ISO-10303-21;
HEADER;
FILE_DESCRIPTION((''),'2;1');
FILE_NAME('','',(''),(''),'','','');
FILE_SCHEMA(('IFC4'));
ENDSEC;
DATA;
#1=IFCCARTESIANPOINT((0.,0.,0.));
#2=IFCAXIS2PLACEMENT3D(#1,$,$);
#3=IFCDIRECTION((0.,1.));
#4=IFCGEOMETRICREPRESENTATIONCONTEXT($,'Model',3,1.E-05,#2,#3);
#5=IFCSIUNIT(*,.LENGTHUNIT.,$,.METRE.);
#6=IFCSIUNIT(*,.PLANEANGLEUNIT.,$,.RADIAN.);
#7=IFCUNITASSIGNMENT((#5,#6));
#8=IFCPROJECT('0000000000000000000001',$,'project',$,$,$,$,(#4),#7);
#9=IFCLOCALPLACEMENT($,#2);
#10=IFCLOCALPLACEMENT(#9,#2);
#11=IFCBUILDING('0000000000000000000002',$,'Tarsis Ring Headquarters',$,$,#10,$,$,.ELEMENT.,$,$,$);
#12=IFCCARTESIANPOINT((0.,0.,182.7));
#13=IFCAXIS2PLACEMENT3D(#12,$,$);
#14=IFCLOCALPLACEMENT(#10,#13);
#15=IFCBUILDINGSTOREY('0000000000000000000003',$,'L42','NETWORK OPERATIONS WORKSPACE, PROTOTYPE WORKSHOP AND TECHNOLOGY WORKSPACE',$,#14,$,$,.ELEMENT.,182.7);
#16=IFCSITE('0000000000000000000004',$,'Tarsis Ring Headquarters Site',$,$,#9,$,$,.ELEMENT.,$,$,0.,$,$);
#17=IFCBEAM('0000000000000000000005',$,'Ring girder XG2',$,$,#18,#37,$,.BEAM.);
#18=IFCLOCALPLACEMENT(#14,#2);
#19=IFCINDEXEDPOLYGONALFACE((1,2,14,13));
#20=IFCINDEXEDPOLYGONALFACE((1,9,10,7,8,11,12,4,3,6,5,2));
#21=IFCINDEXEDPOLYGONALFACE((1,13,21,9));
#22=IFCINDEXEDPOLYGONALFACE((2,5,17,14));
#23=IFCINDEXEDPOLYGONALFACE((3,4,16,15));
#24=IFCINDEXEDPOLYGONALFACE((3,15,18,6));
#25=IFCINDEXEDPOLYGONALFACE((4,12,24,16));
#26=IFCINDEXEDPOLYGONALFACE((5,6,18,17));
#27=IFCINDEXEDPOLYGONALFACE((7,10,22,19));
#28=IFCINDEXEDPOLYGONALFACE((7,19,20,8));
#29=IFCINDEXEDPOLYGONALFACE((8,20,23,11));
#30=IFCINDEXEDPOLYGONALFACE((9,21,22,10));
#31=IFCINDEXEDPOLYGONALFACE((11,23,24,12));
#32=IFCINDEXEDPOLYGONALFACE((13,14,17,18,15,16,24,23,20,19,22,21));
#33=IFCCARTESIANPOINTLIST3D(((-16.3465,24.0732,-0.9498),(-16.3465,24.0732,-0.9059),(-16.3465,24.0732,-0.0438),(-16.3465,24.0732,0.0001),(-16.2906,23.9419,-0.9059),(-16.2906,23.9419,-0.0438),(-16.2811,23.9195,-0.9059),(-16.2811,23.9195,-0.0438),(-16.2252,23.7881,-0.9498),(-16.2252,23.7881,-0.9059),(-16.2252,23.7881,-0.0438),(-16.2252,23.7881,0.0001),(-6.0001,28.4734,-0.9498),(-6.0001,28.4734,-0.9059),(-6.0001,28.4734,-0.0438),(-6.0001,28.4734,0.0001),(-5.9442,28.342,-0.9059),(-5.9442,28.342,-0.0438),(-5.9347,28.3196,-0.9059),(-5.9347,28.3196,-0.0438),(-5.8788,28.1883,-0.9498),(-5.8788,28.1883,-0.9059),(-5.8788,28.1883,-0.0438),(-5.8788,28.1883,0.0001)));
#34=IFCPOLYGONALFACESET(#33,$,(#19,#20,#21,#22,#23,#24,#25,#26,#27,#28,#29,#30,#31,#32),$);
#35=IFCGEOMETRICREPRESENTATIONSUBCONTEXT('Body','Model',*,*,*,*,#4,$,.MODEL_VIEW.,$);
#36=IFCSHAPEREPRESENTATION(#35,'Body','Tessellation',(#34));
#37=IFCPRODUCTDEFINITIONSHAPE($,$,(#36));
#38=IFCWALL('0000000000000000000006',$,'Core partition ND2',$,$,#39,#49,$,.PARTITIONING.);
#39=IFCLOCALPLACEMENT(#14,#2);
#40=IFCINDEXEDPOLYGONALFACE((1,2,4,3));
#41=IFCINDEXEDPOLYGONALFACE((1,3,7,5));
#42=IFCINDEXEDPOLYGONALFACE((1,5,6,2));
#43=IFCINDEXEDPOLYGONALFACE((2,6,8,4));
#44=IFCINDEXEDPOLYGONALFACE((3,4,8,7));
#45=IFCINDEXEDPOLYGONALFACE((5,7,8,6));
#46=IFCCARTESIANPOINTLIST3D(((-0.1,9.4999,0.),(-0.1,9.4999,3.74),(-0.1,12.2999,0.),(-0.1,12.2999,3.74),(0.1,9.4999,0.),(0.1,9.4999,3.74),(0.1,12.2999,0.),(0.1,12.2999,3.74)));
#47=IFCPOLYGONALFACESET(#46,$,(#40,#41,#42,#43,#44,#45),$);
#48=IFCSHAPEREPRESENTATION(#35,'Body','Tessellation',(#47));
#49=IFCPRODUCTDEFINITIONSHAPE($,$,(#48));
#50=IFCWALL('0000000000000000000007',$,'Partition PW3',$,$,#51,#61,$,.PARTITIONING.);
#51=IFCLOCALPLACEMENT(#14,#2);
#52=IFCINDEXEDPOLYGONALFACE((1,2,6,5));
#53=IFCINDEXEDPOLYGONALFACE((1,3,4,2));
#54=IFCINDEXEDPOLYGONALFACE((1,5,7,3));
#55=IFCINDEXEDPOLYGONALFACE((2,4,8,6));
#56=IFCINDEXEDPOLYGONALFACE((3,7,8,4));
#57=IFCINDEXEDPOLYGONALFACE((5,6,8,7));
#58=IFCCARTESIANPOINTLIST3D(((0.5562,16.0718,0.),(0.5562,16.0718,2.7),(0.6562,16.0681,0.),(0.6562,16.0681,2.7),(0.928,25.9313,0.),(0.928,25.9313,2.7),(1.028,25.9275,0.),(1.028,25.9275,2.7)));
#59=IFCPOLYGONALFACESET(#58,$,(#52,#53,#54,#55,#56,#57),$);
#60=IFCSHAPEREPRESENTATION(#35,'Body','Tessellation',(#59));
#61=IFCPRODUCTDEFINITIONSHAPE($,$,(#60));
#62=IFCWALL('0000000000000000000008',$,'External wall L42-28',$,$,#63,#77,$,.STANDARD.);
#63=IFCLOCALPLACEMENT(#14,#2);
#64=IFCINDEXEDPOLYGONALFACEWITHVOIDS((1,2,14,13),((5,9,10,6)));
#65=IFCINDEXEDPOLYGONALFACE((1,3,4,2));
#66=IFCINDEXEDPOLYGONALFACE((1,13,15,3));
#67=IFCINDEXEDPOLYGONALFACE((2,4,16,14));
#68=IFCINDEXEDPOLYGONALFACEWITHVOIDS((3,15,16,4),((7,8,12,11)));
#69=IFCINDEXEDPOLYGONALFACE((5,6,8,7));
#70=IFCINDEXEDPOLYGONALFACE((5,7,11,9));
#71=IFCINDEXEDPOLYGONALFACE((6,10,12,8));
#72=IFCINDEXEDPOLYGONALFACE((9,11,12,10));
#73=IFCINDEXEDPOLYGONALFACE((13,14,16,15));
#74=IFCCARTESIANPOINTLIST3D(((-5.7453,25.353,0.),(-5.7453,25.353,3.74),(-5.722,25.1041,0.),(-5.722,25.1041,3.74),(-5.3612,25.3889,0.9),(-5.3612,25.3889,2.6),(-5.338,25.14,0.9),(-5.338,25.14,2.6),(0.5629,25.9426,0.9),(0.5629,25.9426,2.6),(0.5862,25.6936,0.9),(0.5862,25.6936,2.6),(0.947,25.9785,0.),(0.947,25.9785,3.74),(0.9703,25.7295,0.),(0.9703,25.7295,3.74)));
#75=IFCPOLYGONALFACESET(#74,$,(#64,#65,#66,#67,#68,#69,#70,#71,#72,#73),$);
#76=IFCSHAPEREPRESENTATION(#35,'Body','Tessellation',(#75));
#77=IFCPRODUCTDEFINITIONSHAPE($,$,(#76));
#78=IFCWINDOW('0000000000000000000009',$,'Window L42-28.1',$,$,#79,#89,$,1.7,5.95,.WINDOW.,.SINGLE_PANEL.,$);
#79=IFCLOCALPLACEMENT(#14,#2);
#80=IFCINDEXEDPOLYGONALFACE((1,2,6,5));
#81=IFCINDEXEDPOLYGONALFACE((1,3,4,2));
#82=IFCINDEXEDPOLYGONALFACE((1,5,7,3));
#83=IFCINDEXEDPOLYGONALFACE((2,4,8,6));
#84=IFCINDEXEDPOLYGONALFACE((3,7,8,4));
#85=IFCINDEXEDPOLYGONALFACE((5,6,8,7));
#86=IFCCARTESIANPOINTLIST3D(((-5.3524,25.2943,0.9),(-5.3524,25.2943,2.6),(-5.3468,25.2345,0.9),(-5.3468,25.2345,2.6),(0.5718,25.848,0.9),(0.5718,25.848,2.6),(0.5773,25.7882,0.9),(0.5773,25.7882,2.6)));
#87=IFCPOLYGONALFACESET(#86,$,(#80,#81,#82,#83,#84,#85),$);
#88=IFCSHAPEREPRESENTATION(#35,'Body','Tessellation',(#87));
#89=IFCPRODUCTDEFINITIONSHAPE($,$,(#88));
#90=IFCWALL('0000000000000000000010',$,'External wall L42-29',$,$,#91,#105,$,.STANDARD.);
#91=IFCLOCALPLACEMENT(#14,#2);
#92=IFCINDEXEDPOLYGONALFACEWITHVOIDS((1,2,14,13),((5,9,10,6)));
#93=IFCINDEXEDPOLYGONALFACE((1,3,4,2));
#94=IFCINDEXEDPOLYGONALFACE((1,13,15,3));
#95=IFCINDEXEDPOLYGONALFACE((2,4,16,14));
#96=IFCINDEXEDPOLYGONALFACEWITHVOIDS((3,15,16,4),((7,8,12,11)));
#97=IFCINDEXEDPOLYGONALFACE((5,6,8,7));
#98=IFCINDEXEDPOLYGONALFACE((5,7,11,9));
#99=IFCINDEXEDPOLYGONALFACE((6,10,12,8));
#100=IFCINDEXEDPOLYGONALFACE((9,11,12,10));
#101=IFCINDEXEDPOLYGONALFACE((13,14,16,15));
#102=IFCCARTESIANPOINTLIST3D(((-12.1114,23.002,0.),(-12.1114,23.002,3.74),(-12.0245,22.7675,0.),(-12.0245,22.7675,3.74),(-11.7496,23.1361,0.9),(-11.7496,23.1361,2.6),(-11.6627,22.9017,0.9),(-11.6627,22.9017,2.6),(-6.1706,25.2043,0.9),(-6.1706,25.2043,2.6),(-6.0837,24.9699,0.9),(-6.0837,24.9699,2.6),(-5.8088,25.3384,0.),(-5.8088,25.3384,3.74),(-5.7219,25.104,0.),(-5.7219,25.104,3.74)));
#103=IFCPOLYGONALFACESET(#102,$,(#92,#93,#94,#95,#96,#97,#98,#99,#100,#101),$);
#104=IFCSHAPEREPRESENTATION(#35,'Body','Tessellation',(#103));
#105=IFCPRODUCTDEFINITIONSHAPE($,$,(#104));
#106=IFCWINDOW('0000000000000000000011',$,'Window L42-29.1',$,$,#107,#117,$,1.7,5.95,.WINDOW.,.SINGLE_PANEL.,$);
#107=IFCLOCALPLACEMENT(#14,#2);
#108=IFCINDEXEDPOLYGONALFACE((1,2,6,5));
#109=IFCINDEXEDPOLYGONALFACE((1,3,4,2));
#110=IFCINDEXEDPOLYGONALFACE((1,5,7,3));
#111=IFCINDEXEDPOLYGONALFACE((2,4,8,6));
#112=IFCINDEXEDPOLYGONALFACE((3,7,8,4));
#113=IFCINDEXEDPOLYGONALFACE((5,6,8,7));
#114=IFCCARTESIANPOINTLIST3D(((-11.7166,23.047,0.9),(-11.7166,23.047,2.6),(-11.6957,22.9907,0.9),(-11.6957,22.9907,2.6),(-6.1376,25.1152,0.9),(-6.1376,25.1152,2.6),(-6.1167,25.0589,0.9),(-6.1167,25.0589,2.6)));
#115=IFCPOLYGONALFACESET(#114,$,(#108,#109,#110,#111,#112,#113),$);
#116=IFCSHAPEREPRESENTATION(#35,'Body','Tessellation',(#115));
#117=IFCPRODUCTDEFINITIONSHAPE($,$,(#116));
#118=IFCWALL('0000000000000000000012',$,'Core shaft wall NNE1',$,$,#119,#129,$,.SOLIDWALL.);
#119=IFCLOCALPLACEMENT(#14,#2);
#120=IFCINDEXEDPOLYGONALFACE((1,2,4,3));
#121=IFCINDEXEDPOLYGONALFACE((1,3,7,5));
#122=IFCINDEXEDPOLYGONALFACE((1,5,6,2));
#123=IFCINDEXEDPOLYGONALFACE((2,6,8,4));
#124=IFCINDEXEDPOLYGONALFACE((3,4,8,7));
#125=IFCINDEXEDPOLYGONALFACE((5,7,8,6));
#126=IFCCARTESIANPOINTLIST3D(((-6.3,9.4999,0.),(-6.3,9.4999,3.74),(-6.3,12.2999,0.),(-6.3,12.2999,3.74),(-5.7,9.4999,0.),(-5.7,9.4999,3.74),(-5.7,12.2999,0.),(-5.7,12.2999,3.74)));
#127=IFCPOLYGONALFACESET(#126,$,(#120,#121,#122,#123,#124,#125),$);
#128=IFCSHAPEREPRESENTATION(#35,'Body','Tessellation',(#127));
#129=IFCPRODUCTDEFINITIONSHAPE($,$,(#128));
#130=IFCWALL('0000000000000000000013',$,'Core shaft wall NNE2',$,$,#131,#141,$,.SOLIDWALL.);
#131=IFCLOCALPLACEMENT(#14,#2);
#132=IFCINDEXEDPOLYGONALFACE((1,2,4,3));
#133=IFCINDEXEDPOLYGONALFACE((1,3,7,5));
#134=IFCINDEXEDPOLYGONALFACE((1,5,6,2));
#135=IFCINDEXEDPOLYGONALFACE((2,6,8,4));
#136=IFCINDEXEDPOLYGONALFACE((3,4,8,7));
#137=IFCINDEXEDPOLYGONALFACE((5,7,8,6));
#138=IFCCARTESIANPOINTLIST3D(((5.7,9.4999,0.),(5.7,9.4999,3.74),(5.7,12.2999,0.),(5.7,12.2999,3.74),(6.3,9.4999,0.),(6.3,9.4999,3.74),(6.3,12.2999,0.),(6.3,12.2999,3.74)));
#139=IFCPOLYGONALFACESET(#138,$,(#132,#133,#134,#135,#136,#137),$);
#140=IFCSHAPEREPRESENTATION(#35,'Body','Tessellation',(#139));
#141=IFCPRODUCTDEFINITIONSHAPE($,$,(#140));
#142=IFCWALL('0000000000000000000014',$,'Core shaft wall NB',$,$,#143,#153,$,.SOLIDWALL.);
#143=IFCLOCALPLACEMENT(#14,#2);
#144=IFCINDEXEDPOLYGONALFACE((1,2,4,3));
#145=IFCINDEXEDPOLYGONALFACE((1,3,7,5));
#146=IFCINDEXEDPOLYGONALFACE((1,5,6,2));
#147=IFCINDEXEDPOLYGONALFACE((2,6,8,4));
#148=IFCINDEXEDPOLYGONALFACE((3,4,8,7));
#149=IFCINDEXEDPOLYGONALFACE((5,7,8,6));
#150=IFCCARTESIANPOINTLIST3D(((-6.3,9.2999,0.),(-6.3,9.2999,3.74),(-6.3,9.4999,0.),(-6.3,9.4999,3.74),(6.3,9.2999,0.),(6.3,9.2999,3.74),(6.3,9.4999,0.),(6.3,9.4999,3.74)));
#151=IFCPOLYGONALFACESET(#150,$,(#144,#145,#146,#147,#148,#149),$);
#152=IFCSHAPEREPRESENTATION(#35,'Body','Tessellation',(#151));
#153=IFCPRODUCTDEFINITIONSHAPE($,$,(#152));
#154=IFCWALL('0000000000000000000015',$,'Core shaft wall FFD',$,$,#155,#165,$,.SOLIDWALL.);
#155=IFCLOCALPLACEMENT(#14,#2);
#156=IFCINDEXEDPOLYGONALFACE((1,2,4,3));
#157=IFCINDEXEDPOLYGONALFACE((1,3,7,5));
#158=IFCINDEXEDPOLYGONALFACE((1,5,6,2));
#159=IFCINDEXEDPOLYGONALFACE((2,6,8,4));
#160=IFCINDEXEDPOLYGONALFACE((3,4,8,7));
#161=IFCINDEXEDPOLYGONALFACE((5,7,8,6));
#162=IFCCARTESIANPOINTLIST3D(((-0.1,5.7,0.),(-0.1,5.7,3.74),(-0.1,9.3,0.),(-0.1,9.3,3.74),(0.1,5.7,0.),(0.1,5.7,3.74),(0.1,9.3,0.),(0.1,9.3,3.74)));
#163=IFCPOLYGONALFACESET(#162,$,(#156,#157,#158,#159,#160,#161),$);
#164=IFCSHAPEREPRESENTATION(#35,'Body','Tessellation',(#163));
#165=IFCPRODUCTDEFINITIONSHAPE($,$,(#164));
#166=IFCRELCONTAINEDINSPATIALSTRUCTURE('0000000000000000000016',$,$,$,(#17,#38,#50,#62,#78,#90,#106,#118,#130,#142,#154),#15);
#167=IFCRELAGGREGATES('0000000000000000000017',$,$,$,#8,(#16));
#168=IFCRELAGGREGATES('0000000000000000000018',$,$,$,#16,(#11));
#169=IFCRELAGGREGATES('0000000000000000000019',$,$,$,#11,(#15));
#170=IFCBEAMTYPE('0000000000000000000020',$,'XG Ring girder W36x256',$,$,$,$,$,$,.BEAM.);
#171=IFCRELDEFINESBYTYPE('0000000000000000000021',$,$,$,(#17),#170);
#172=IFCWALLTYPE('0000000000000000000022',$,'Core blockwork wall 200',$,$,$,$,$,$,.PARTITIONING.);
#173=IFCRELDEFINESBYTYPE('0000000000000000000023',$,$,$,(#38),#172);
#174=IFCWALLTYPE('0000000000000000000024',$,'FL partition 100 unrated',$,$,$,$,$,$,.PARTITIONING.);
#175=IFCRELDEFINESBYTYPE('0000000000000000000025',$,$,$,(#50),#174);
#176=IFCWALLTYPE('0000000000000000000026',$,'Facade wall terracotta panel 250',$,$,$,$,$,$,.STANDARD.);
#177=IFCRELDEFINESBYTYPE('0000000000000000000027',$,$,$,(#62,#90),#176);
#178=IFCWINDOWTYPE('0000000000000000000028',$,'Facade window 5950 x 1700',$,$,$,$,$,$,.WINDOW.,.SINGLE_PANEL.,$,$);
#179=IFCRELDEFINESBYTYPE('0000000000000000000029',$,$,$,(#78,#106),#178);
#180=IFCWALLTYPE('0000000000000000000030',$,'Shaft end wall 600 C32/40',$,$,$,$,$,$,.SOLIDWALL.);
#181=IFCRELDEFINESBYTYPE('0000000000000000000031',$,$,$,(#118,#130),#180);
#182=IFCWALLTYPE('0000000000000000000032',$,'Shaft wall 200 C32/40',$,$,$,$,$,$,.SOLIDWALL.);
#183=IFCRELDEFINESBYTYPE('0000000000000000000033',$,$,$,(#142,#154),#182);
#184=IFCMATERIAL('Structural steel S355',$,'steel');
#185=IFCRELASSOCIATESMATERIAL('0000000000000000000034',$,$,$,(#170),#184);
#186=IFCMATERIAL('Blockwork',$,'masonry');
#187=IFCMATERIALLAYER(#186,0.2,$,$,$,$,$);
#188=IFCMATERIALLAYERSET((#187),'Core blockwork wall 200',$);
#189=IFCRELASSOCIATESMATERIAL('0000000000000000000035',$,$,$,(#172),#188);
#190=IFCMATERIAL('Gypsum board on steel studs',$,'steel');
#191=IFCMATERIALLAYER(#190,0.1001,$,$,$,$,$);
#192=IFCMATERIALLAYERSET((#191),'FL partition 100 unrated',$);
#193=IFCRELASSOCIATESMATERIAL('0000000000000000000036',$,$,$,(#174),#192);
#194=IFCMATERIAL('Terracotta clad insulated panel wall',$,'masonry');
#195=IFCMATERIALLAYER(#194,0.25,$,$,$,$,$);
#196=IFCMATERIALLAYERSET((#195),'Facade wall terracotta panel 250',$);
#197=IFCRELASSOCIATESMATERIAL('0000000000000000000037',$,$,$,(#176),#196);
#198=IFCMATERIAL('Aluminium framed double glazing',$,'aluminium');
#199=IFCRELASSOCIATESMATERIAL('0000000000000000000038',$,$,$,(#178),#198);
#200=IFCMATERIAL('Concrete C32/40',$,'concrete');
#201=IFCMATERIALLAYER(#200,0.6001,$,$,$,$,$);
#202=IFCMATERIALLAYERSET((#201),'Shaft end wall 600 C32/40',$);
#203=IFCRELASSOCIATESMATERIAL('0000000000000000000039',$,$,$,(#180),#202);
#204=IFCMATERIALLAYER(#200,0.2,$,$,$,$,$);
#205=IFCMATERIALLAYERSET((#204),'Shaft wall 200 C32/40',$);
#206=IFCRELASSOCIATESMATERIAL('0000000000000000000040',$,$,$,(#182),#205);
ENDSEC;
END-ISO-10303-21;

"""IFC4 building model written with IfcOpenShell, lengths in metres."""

from ifc_helpers import new_model, si_unit, direction, frame, frame_2d, origin, origin_2d, place, context, subcontext, project, spatial, rectangle, i_section, extrude, material, layer, layer_set, material_profile, profile_set, type_object, element, fill, save


model = new_model("IFC4")

# Units and contexts
model_context = context("Model", 3, precision=1e-05, world=origin(), true_north=direction((0.0, 1.0)))
body_context = subcontext(model_context, "Body", "Model", "MODEL_VIEW")
ifc_project = project(units=[si_unit("LENGTHUNIT", "METRE"), si_unit("PLANEANGLEUNIT", "RADIAN")], contexts=[model_context])

# Site, building, storey
site_placement = place(None, origin())
site = spatial("IfcSite", under=ifc_project, at=site_placement, Name="Tarsis Ring Headquarters Site", CompositionType="ELEMENT", RefElevation=0.0)
building_placement = place(site_placement, origin())
building = spatial("IfcBuilding", under=site, at=building_placement, Name="Tarsis Ring Headquarters", CompositionType="ELEMENT")
storey_placement = place(building_placement, frame((0.0, 0.0, 182.7)))
storey = spatial("IfcBuildingStorey", under=building, at=storey_placement, Name="L42", Description="NETWORK OPERATIONS WORKSPACE, PROTOTYPE WORKSHOP AND TECHNOLOGY WORKSPACE", CompositionType="ELEMENT", Elevation=182.7)

# Shared definitions
ifc_material_1 = material(Name="Structural steel S355", Category="steel")

# Beam
ifc_material_profile_1 = material_profile(ifc_material_1, i_section(OverallWidth=0.3098, OverallDepth=0.95, WebThickness=0.0244, FlangeThickness=0.0439, at=origin_2d()), Name="W36x256")
ifc_profile_set_1 = profile_set([ifc_material_profile_1], Name="Structural steel S355")
beam_type_1 = type_object("IfcBeamType", Name="XG Ring girder W36x256", PredefinedType="BEAM", material=ifc_profile_set_1)
beam_1_placement = place(storey_placement, frame((-5.9395, 28.3308, -0.4749), z_axis=(-0.920238, -0.39136, 0.0), x_axis=(0.39136, -0.920238, 0.0)))
element("IfcBeam", 1, at=beam_1_placement, inside=storey, type_object=beam_type_1, Name="Ring girder XG2", PredefinedType="BEAM", context=body_context, shape_type="SweptSolid", body=[
    extrude(i_section(OverallWidth=0.3098, OverallDepth=0.95, WebThickness=0.0244, FlangeThickness=0.0439, at=origin_2d()), origin(), (0.0, 0.0, 1.0), 11.2432),
])

# Walls
ifc_material_2 = material(Name="Blockwork", Category="masonry")
ifc_layer_1 = layer(ifc_material_2, 0.2)
ifc_layer_set_1 = layer_set([ifc_layer_1], Name="Core blockwork wall 200")
wall_type_1 = type_object("IfcWallType", Name="Core blockwork wall 200", PredefinedType="PARTITIONING", material=ifc_layer_set_1)
wall_1_placement = place(storey_placement, frame((0.0, 9.5, 0.0), z_axis=(0.0, 0.0, 1.0), x_axis=(0.0, 1.0, 0.0)))
element("IfcWall", 2, at=wall_1_placement, inside=storey, type_object=wall_type_1, Name="Core partition ND2", PredefinedType="PARTITIONING", context=body_context, shape_type="SweptSolid", body=[
    extrude(rectangle(XDim=2.8, YDim=0.2, at=frame_2d((1.3999, 0.0))), origin(), (0.0, 0.0, 1.0), 3.74),
])
ifc_material_3 = material(Name="Gypsum board on steel studs", Category="steel")
ifc_layer_2 = layer(ifc_material_3, 0.1001)
ifc_layer_set_2 = layer_set([ifc_layer_2], Name="FL partition 100 unrated")
wall_type_2 = type_object("IfcWallType", Name="FL partition 100 unrated", PredefinedType="PARTITIONING", material=ifc_layer_set_2)
wall_2_placement = place(storey_placement, frame((0.6062, 16.0701, 0.0), z_axis=(0.0, 0.0, 1.0), x_axis=(0.037686, 0.99929, 0.0)))
element("IfcWall", 3, at=wall_2_placement, inside=storey, type_object=wall_type_2, Name="Partition PW3", PredefinedType="PARTITIONING", context=body_context, shape_type="SweptSolid", body=[
    extrude(rectangle(XDim=9.8665, YDim=0.1001, at=frame_2d((4.9331, 0.0))), origin(), (0.0, 0.0, 1.0), 2.7),
])

# Walls, openings, windows
ifc_material_4 = material(Name="Terracotta clad insulated panel wall", Category="masonry")
ifc_layer_3 = layer(ifc_material_4, 0.25)
ifc_layer_set_3 = layer_set([ifc_layer_3], Name="Facade wall terracotta panel 250")
wall_type_3 = type_object("IfcWallType", Name="Facade wall terracotta panel 250", PredefinedType="STANDARD", material=ifc_layer_set_3)
wall_3_placement = place(storey_placement, frame((0.9587, 25.854, 0.0), z_axis=(0.0, 0.0, 1.0), x_axis=(-0.995661, -0.093057, 0.0)))
wall_3 = element("IfcWall", 4, at=wall_3_placement, inside=storey, type_object=wall_type_3, Name="External wall L42-28", PredefinedType="STANDARD", context=body_context, shape_type="SweptSolid", body=[
    extrude(rectangle(XDim=6.7214, YDim=0.25, at=frame_2d((3.3608, 0.0))), origin(), (0.0, 0.0, 1.0), 3.74),
])
opening_1_placement = place(wall_3_placement, frame((0.3857, 0.0, 0.8999)))
opening_1 = element("IfcOpeningElement", 5, at=opening_1_placement, cuts=wall_3, PredefinedType="OPENING", context=body_context, shape_type="SweptSolid", body=[
    extrude(rectangle(XDim=5.95, YDim=1.7, at=frame_2d((2.9751, 0.8501))), frame((0.0, 0.135, 0.0), z_axis=(0.0, -1.0, 0.0), x_axis=(1.0, 0.0, 0.0)), (0.0, 0.0, 1.0), 0.27),
])
ifc_material_5 = material(Name="Aluminium framed double glazing", Category="aluminium")
window_type = type_object("IfcWindowType", Name="Facade window 5950 x 1700", PartitioningType="SINGLE_PANEL", PredefinedType="WINDOW", material=ifc_material_5)
window_1_placement = place(opening_1_placement, origin())
window_1 = element("IfcWindow", 6, at=window_1_placement, inside=storey, type_object=window_type, Name="Window L42-28.1", OverallHeight=1.7, OverallWidth=5.95, PartitioningType="SINGLE_PANEL", PredefinedType="WINDOW", context=body_context, shape_type="SweptSolid", body=[
    extrude(rectangle(XDim=5.95, YDim=1.7, at=frame_2d((2.9751, 0.8501))), frame((0.0, 0.03, 0.0), z_axis=(0.0, -1.0, 0.0), x_axis=(1.0, 0.0, 0.0)), (0.0, 0.0, 1.0), 0.0601),
])
fill(opening_1, window_1)
wall_4_placement = place(storey_placement, frame((-5.7654, 25.2212, 0.0), z_axis=(0.0, 0.0, 1.0), x_axis=(-0.937644, -0.347598, 0.0)))
wall_4 = element("IfcWall", 7, at=wall_4_placement, inside=storey, type_object=wall_type_3, Name="External wall L42-29", PredefinedType="STANDARD", context=body_context, shape_type="SweptSolid", body=[
    extrude(rectangle(XDim=6.7217, YDim=0.25, at=frame_2d((3.3608, 0.0))), origin(), (0.0, 0.0, 1.0), 3.74),
])
opening_2_placement = place(wall_4_placement, frame((0.3857, 0.0, 0.8999)))
opening_2 = element("IfcOpeningElement", 8, at=opening_2_placement, cuts=wall_4, PredefinedType="OPENING", context=body_context, shape_type="SweptSolid", body=[
    extrude(rectangle(XDim=5.95, YDim=1.7, at=frame_2d((2.9751, 0.8501))), frame((0.0, 0.135, 0.0), z_axis=(0.0, -1.0, 0.0), x_axis=(1.0, 0.0, 0.0)), (0.0, 0.0, 1.0), 0.27),
])
window_2_placement = place(opening_2_placement, origin())
window_2 = element("IfcWindow", 9, at=window_2_placement, inside=storey, type_object=window_type, Name="Window L42-29.1", OverallHeight=1.7, OverallWidth=5.95, PartitioningType="SINGLE_PANEL", PredefinedType="WINDOW", context=body_context, shape_type="SweptSolid", body=[
    extrude(rectangle(XDim=5.95, YDim=1.7, at=frame_2d((2.9751, 0.8501))), frame((0.0, 0.03, 0.0), z_axis=(0.0, -1.0, 0.0), x_axis=(1.0, 0.0, 0.0)), (0.0, 0.0, 1.0), 0.0601),
])
fill(opening_2, window_2)

# Walls
ifc_material_6 = material(Name="Concrete C32/40", Category="concrete")
ifc_layer_4 = layer(ifc_material_6, 0.6001)
ifc_layer_set_4 = layer_set([ifc_layer_4], Name="Shaft end wall 600 C32/40")
wall_type_4 = type_object("IfcWallType", Name="Shaft end wall 600 C32/40", PredefinedType="SOLIDWALL", material=ifc_layer_set_4)
for number, where, z_axis, x_axis, name in (
    (10, (-6.0, 9.5, 0.0), (0.0, 0.0, 1.0), (0.0, 1.0, 0.0), "Core shaft wall NNE1"),
    (11, (6.0, 9.5, 0.0), (0.0, 0.0, 1.0), (0.0, 1.0, 0.0), "Core shaft wall NNE2"),
):
    element("IfcWall", number, at=place(storey_placement, frame(where, z_axis=z_axis, x_axis=x_axis)), inside=storey, type_object=wall_type_4, Name=name, PredefinedType="SOLIDWALL", context=body_context, shape_type="SweptSolid", body=[
        extrude(rectangle(XDim=2.8, YDim=0.6001, at=frame_2d((1.3999, 0.0))), origin(), (0.0, 0.0, 1.0), 3.74),
    ])
ifc_layer_5 = layer(ifc_material_6, 0.2)
ifc_layer_set_5 = layer_set([ifc_layer_5], Name="Shaft wall 200 C32/40")
wall_type_5 = type_object("IfcWallType", Name="Shaft wall 200 C32/40", PredefinedType="SOLIDWALL", material=ifc_layer_set_5)
wall_5_placement = place(storey_placement, frame((-6.3, 9.3999, 0.0), z_axis=(0.0, 0.0, 1.0), x_axis=(1.0, 0.0, 0.0)))
element("IfcWall", 12, at=wall_5_placement, inside=storey, type_object=wall_type_5, Name="Core shaft wall NB", PredefinedType="SOLIDWALL", context=body_context, shape_type="SweptSolid", body=[
    extrude(rectangle(XDim=12.6001, YDim=0.2, at=frame_2d((6.3, 0.0))), origin(), (0.0, 0.0, 1.0), 3.74),
])
wall_6_placement = place(storey_placement, frame((0.0, 5.7, 0.0), z_axis=(0.0, 0.0, 1.0), x_axis=(0.0, 1.0, 0.0)))
element("IfcWall", 13, at=wall_6_placement, inside=storey, type_object=wall_type_5, Name="Core shaft wall FFD", PredefinedType="SOLIDWALL", context=body_context, shape_type="SweptSolid", body=[
    extrude(rectangle(XDim=3.6001, YDim=0.2, at=frame_2d((1.8, 0.0))), origin(), (0.0, 0.0, 1.0), 3.74),
])

save(model, "model.ifc")
